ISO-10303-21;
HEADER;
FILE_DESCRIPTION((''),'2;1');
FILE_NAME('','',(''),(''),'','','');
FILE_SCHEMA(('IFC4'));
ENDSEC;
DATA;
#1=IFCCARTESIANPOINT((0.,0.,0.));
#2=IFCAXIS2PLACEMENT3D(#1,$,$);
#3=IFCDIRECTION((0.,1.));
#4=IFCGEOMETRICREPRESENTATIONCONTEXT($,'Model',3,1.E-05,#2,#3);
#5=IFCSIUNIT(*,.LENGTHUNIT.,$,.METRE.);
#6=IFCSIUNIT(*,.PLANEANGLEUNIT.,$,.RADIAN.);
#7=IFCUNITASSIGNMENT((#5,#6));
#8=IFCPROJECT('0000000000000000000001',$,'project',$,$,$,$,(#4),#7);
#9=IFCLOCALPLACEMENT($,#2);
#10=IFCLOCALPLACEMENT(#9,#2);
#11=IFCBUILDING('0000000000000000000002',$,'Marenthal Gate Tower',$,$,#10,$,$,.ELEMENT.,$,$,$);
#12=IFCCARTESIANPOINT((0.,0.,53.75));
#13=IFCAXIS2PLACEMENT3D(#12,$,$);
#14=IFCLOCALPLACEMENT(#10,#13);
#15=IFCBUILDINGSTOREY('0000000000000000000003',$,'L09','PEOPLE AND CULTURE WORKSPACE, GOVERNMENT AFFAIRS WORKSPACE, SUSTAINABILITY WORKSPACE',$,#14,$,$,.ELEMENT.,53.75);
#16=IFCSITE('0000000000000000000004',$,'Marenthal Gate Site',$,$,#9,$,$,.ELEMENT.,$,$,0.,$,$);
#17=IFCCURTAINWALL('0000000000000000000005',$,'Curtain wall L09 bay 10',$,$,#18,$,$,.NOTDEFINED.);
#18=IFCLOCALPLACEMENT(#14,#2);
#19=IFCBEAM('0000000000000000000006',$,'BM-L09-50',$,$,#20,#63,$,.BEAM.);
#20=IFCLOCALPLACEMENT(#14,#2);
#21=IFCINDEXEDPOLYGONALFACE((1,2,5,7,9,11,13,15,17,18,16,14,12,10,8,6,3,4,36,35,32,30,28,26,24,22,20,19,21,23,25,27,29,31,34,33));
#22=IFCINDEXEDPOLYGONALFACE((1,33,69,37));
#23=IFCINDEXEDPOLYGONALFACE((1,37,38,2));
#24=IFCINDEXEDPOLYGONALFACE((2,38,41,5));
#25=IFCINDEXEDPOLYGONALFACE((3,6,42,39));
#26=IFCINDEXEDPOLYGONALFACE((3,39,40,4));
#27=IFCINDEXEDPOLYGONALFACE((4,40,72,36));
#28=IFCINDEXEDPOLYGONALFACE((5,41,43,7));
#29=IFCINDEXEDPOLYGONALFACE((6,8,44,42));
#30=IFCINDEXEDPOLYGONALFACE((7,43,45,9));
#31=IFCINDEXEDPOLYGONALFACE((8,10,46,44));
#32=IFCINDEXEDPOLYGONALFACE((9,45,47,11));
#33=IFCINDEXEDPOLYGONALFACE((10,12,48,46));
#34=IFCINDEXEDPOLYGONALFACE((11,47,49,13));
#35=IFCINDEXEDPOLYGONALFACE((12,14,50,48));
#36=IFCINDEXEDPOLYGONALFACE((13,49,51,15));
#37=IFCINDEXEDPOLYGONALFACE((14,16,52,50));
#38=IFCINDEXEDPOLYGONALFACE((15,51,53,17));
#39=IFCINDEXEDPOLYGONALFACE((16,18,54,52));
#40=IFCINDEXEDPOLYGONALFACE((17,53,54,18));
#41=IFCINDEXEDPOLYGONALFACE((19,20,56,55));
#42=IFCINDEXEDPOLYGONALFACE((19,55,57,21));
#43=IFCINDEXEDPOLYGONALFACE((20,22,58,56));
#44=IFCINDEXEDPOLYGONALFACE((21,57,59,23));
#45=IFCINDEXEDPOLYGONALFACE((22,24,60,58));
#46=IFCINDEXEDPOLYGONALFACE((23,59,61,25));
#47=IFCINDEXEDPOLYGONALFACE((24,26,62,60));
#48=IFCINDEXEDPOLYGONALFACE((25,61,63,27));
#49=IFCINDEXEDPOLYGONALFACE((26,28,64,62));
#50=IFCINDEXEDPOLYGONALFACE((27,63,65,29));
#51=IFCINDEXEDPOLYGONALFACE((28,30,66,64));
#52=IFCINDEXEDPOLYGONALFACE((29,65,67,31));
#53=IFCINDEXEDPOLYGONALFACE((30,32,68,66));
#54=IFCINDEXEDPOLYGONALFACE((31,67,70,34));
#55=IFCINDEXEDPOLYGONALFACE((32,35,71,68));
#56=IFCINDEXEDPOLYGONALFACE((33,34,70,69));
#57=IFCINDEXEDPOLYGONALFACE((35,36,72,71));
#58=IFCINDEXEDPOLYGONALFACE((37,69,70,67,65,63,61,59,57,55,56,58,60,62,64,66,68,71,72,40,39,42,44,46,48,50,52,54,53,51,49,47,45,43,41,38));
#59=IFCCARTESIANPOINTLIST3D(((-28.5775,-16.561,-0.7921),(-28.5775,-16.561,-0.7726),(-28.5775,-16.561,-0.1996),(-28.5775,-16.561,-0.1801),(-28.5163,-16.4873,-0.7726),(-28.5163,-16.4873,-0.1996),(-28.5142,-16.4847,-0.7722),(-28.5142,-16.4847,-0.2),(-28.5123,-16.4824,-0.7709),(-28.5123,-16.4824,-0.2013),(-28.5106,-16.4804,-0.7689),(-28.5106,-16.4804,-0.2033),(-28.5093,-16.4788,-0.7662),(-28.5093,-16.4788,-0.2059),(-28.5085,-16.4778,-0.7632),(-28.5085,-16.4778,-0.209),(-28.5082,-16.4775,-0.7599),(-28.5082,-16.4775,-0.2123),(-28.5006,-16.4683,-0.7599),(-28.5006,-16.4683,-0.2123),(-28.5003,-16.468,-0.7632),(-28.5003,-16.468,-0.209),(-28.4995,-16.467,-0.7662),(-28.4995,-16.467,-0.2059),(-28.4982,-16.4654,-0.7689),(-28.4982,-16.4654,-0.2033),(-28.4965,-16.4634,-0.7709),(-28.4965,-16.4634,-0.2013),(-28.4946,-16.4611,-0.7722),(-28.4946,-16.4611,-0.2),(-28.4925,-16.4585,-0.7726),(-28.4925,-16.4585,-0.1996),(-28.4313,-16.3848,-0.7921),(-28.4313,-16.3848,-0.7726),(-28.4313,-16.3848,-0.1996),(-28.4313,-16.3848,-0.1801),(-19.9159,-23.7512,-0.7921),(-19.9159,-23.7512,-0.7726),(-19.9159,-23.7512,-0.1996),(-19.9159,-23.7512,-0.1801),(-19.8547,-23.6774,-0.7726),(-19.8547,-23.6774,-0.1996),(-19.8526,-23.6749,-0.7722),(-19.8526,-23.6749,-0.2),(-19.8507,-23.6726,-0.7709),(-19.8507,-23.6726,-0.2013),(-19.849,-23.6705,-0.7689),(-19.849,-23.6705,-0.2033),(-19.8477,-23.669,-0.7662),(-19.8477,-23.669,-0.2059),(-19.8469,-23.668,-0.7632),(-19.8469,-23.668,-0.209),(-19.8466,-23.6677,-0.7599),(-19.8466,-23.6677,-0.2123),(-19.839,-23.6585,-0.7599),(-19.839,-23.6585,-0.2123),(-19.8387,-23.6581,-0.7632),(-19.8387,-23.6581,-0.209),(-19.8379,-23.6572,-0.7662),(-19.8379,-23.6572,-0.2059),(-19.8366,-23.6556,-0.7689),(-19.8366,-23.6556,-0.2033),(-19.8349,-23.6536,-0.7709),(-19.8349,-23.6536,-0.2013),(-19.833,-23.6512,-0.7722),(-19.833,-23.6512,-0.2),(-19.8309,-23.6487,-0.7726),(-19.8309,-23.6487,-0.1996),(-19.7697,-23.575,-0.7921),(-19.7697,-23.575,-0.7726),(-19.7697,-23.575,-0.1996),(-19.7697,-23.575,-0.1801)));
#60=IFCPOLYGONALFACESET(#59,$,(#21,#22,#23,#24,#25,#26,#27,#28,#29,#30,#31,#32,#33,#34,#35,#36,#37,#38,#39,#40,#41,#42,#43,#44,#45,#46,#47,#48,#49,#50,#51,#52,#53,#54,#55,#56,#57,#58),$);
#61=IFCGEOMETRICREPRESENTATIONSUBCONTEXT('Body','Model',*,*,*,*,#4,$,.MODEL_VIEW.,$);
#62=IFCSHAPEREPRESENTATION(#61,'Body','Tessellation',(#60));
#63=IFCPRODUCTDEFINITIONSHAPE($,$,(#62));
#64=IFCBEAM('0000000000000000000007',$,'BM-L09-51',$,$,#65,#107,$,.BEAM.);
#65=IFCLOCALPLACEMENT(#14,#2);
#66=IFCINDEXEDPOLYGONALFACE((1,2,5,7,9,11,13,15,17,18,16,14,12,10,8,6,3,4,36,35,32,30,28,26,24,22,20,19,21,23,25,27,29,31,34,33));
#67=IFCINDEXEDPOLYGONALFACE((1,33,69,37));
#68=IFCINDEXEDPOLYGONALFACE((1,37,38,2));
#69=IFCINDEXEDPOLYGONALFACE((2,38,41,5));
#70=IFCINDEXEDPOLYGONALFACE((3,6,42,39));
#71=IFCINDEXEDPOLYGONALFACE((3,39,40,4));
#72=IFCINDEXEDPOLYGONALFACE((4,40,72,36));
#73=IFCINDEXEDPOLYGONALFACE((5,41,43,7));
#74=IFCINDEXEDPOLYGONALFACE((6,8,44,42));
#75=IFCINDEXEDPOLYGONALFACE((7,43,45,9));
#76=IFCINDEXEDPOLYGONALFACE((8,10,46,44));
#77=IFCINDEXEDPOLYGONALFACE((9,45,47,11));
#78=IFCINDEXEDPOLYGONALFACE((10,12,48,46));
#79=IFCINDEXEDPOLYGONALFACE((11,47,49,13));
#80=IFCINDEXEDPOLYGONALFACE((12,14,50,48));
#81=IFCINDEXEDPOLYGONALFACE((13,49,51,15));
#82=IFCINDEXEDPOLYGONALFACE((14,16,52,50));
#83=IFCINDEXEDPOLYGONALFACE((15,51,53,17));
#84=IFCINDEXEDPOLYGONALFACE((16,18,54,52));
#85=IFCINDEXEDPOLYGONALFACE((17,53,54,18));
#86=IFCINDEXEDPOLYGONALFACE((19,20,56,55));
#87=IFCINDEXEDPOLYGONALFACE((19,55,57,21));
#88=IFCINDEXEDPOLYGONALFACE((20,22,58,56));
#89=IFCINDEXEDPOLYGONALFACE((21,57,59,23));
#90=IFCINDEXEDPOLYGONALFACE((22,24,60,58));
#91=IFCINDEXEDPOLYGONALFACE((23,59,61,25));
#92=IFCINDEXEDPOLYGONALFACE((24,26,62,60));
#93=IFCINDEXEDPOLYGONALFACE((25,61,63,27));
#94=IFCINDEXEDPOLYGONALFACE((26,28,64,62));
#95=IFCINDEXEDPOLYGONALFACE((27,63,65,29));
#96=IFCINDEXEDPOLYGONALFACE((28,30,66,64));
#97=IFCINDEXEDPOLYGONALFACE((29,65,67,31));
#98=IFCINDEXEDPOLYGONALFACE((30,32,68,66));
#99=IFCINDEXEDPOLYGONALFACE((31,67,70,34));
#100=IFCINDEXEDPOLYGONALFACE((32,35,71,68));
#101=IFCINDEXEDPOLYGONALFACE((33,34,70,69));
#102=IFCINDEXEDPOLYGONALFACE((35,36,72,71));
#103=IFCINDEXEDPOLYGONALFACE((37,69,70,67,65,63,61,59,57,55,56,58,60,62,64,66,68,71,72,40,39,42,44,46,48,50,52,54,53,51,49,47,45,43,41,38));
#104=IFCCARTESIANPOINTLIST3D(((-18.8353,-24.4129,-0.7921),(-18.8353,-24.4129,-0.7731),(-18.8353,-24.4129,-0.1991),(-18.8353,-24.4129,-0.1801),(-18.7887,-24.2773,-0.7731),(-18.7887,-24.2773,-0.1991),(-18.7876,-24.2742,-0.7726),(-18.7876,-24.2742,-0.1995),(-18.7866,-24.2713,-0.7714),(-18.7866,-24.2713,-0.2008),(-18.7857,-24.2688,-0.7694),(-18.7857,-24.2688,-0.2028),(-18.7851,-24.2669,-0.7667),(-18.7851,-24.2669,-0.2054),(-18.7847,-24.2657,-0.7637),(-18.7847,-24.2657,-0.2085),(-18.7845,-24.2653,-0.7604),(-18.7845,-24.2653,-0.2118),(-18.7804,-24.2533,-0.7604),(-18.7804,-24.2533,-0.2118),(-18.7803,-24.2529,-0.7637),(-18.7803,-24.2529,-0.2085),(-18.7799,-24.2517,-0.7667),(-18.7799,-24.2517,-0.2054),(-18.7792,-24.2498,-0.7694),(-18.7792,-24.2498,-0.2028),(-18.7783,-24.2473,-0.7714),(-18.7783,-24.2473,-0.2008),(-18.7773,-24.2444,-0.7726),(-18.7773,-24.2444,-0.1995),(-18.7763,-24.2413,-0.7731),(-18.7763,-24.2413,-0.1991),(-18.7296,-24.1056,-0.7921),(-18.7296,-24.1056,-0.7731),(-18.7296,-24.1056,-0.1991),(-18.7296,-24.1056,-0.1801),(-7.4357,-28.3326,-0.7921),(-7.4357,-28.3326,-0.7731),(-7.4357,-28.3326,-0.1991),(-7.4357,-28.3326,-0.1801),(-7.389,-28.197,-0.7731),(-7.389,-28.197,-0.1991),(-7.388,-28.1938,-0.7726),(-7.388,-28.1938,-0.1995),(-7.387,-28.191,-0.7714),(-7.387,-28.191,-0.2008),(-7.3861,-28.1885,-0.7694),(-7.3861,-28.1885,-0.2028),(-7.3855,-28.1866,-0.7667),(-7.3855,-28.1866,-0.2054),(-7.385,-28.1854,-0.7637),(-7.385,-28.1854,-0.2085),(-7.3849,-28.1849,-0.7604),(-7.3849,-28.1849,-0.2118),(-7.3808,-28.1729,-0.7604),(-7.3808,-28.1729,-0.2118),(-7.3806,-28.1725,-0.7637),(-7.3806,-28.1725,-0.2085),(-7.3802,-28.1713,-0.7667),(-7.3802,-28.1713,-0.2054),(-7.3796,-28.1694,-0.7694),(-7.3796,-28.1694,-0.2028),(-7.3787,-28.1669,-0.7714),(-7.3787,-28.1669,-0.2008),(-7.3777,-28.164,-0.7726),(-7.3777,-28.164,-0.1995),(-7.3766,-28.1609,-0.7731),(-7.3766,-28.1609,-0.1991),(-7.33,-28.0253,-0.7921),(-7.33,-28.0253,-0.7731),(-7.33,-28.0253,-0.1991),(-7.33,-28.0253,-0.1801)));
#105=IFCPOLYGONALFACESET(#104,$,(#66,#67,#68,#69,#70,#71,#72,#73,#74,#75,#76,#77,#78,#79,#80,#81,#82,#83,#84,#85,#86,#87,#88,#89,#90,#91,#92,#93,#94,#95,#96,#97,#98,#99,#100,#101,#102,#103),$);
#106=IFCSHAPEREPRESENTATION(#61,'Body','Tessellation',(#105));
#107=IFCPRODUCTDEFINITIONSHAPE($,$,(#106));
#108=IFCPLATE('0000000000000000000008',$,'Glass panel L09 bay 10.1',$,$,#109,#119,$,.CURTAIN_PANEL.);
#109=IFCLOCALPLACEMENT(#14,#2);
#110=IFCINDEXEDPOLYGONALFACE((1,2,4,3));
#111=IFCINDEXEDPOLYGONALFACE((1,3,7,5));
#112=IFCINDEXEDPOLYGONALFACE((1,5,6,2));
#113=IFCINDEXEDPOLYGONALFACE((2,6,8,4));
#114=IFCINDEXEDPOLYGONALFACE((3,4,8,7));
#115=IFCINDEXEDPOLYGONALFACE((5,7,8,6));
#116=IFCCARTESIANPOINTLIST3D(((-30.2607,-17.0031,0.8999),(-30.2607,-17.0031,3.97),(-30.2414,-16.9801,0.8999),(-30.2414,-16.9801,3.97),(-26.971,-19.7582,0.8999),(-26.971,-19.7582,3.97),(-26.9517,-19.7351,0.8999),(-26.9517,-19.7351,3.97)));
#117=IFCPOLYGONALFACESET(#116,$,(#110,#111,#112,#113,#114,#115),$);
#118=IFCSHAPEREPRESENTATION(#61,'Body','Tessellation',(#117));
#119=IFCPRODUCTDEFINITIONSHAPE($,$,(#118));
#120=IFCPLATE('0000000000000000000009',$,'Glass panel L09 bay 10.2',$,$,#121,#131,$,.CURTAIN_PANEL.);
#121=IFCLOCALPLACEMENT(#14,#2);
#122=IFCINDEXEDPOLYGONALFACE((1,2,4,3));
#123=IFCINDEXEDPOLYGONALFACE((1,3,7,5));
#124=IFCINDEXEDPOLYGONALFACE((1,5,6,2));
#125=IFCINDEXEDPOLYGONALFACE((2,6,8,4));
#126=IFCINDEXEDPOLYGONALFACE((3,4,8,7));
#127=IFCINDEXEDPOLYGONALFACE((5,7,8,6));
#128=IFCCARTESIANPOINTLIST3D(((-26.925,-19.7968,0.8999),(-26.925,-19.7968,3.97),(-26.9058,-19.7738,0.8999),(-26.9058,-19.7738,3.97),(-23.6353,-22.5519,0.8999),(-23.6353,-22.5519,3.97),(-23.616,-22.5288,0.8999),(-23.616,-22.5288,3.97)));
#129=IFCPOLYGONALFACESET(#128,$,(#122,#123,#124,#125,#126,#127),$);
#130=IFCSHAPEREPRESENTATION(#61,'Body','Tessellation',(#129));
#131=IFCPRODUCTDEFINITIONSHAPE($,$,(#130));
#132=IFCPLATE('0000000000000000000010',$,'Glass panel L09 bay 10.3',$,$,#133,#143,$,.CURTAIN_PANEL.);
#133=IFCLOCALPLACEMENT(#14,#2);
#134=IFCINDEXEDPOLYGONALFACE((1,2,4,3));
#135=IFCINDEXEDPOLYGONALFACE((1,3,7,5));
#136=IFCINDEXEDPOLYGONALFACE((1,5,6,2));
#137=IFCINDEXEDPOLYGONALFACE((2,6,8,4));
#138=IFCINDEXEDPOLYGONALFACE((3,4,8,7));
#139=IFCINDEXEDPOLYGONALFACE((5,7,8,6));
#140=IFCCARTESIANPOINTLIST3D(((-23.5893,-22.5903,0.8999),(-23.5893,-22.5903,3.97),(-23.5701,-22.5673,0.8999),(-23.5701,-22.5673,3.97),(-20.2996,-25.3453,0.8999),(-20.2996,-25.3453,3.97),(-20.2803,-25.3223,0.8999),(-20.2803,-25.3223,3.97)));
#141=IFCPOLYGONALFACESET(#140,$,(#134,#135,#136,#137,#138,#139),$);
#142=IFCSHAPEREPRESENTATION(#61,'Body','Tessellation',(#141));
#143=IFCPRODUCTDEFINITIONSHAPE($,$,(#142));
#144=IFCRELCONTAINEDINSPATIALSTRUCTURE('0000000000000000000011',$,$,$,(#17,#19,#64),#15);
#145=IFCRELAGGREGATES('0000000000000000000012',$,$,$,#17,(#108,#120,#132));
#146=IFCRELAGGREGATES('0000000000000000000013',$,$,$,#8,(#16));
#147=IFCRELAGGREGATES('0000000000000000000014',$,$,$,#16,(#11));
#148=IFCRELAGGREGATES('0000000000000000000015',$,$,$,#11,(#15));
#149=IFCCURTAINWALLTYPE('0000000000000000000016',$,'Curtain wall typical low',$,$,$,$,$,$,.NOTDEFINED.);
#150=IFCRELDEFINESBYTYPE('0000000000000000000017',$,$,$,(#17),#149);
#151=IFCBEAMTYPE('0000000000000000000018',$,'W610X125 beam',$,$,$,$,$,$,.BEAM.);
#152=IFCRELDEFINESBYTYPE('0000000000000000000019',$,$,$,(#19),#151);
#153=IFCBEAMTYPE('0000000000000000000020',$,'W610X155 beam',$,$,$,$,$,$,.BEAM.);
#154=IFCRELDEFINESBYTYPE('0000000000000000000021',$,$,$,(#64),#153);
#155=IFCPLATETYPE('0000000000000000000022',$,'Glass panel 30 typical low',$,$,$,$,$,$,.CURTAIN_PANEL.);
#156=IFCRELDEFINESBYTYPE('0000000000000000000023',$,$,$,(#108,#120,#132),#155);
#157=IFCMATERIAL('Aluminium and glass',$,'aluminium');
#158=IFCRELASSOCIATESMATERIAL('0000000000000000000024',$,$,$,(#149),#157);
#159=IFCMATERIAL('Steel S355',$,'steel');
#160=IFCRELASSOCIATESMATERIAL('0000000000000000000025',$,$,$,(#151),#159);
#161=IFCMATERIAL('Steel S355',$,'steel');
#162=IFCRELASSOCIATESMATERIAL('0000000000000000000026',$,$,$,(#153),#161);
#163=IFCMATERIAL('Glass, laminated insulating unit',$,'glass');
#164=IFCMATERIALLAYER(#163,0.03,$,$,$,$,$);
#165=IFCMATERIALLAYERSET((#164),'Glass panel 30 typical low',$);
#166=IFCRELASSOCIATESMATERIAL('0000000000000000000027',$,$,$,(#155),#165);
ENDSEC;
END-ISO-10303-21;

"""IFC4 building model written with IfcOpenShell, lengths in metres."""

from ifc_helpers import new_model, si_unit, direction, frame, origin, origin_2d, place, context, subcontext, project, spatial, rectangle, i_section, extrude, material, layer, layer_set, material_profile, profile_set, type_object, element, aggregate, save


model = new_model("IFC4")

# Units and contexts
model_context = context("Model", 3, precision=1e-05, world=origin(), true_north=direction((0.0, 1.0)))
body_context = subcontext(model_context, "Body", "Model", "MODEL_VIEW")
ifc_project = project(units=[si_unit("LENGTHUNIT", "METRE"), si_unit("PLANEANGLEUNIT", "RADIAN")], contexts=[model_context])

# Site, building, storey
site_placement = place(None, origin())
site = spatial("IfcSite", under=ifc_project, at=site_placement, Name="Marenthal Gate Site", CompositionType="ELEMENT", RefElevation=0.0)
building_placement = place(site_placement, origin())
building = spatial("IfcBuilding", under=site, at=building_placement, Name="Marenthal Gate Tower", CompositionType="ELEMENT")
storey_placement = place(building_placement, frame((0.0, 0.0, 53.75)))
storey = spatial("IfcBuildingStorey", under=building, at=storey_placement, Name="L09", Description="PEOPLE AND CULTURE WORKSPACE, GOVERNMENT AFFAIRS WORKSPACE, SUSTAINABILITY WORKSPACE", CompositionType="ELEMENT", Elevation=53.75)

# Curtain wall
ifc_material_1 = material(Name="Aluminium and glass", Category="aluminium")
curtain_wall_type = type_object("IfcCurtainWallType", Name="Curtain wall typical low", PredefinedType="NOTDEFINED", material=ifc_material_1)
curtain_wall_placement = place(storey_placement, origin())
curtain_wall = element("IfcCurtainWall", 1, at=curtain_wall_placement, inside=storey, type_object=curtain_wall_type, Name="Curtain wall L09 bay 10", PredefinedType="NOTDEFINED")

# Beams
ifc_material_2 = material(Name="Steel S355", Category="steel")
ifc_material_profile_1 = material_profile(ifc_material_2, i_section(OverallWidth=0.229, OverallDepth=0.6121, WebThickness=0.012, FlangeThickness=0.0195, FilletRadius=0.0127, at=origin_2d()), Name="W610X125")
ifc_profile_set_1 = profile_set([ifc_material_profile_1], Name="Steel S355")
beam_type_1 = type_object("IfcBeamType", Name="W610X125 beam", PredefinedType="BEAM", material=ifc_profile_set_1)
beam_1_placement = place(storey_placement, frame((-28.5044, -16.4729, -0.4861), z_axis=(0.769436, -0.638724, 0.0), x_axis=(0.638724, 0.769436, 0.0)))
element("IfcBeam", 2, at=beam_1_placement, inside=storey, type_object=beam_type_1, Name="BM-L09-50", PredefinedType="BEAM", context=body_context, shape_type="SweptSolid", body=[
    extrude(i_section(OverallWidth=0.229, OverallDepth=0.6121, WebThickness=0.012, FlangeThickness=0.0195, FilletRadius=0.0127, at=origin_2d()), origin(), (0.0, 0.0, 1.0), 11.2571),
])
ifc_material_3 = material(Name="Steel S355", Category="steel")
ifc_material_profile_2 = material_profile(ifc_material_3, i_section(OverallWidth=0.325, OverallDepth=0.6121, WebThickness=0.0127, FlangeThickness=0.019, FilletRadius=0.0127, at=origin_2d()), Name="W610X155")
ifc_profile_set_2 = profile_set([ifc_material_profile_2], Name="Steel S355")
beam_type_2 = type_object("IfcBeamType", Name="W610X155 beam", PredefinedType="BEAM", material=ifc_profile_set_2)
beam_2_placement = place(storey_placement, frame((-18.7825, -24.2593, -0.4861), z_axis=(0.94566, -0.325157, 0.0), x_axis=(0.325157, 0.94566, 0.0)))
element("IfcBeam", 3, at=beam_2_placement, inside=storey, type_object=beam_type_2, Name="BM-L09-51", PredefinedType="BEAM", context=body_context, shape_type="SweptSolid", body=[
    extrude(i_section(OverallWidth=0.325, OverallDepth=0.6121, WebThickness=0.0127, FlangeThickness=0.019, FilletRadius=0.0127, at=origin_2d()), origin(), (0.0, 0.0, 1.0), 12.0547),
])

# Plates
ifc_material_4 = material(Name="Glass, laminated insulating unit", Category="glass")
ifc_layer_1 = layer(ifc_material_4, 0.03)
ifc_layer_set_1 = layer_set([ifc_layer_1], Name="Glass panel 30 typical low")
plate_type = type_object("IfcPlateType", Name="Glass panel 30 typical low", PredefinedType="CURTAIN_PANEL", material=ifc_layer_set_1)
plate_1_placement = place(storey_placement, frame((-28.6062, -18.3691, 0.8999), z_axis=(0.0, 0.0, 1.0), x_axis=(0.766665, -0.642047, 0.0)))
plate_1 = element("IfcPlate", 4, at=plate_1_placement, type_object=plate_type, Name="Glass panel L09 bay 10.1", PredefinedType="CURTAIN_PANEL", context=body_context, shape_type="SweptSolid", body=[
    extrude(rectangle(XDim=4.291, YDim=0.03, at=origin_2d()), origin(), (0.0, 0.0, 1.0), 3.0701),
])
plate_2_placement = place(storey_placement, frame((-25.2705, -21.1628, 0.8999), z_axis=(0.0, 0.0, 1.0), x_axis=(0.766665, -0.642047, 0.0)))
plate_2 = element("IfcPlate", 5, at=plate_2_placement, type_object=plate_type, Name="Glass panel L09 bay 10.2", PredefinedType="CURTAIN_PANEL", context=body_context, shape_type="SweptSolid", body=[
    extrude(rectangle(XDim=4.291, YDim=0.03, at=origin_2d()), origin(), (0.0, 0.0, 1.0), 3.0701),
])
plate_3_placement = place(storey_placement, frame((-21.9348, -23.9563, 0.8999), z_axis=(0.0, 0.0, 1.0), x_axis=(0.766665, -0.642047, 0.0)))
plate_3 = element("IfcPlate", 6, at=plate_3_placement, type_object=plate_type, Name="Glass panel L09 bay 10.3", PredefinedType="CURTAIN_PANEL", context=body_context, shape_type="SweptSolid", body=[
    extrude(rectangle(XDim=4.291, YDim=0.03, at=origin_2d()), origin(), (0.0, 0.0, 1.0), 3.0701),
])
aggregate(curtain_wall, [plate_1, plate_2, plate_3])

save(model, "model.ifc")
